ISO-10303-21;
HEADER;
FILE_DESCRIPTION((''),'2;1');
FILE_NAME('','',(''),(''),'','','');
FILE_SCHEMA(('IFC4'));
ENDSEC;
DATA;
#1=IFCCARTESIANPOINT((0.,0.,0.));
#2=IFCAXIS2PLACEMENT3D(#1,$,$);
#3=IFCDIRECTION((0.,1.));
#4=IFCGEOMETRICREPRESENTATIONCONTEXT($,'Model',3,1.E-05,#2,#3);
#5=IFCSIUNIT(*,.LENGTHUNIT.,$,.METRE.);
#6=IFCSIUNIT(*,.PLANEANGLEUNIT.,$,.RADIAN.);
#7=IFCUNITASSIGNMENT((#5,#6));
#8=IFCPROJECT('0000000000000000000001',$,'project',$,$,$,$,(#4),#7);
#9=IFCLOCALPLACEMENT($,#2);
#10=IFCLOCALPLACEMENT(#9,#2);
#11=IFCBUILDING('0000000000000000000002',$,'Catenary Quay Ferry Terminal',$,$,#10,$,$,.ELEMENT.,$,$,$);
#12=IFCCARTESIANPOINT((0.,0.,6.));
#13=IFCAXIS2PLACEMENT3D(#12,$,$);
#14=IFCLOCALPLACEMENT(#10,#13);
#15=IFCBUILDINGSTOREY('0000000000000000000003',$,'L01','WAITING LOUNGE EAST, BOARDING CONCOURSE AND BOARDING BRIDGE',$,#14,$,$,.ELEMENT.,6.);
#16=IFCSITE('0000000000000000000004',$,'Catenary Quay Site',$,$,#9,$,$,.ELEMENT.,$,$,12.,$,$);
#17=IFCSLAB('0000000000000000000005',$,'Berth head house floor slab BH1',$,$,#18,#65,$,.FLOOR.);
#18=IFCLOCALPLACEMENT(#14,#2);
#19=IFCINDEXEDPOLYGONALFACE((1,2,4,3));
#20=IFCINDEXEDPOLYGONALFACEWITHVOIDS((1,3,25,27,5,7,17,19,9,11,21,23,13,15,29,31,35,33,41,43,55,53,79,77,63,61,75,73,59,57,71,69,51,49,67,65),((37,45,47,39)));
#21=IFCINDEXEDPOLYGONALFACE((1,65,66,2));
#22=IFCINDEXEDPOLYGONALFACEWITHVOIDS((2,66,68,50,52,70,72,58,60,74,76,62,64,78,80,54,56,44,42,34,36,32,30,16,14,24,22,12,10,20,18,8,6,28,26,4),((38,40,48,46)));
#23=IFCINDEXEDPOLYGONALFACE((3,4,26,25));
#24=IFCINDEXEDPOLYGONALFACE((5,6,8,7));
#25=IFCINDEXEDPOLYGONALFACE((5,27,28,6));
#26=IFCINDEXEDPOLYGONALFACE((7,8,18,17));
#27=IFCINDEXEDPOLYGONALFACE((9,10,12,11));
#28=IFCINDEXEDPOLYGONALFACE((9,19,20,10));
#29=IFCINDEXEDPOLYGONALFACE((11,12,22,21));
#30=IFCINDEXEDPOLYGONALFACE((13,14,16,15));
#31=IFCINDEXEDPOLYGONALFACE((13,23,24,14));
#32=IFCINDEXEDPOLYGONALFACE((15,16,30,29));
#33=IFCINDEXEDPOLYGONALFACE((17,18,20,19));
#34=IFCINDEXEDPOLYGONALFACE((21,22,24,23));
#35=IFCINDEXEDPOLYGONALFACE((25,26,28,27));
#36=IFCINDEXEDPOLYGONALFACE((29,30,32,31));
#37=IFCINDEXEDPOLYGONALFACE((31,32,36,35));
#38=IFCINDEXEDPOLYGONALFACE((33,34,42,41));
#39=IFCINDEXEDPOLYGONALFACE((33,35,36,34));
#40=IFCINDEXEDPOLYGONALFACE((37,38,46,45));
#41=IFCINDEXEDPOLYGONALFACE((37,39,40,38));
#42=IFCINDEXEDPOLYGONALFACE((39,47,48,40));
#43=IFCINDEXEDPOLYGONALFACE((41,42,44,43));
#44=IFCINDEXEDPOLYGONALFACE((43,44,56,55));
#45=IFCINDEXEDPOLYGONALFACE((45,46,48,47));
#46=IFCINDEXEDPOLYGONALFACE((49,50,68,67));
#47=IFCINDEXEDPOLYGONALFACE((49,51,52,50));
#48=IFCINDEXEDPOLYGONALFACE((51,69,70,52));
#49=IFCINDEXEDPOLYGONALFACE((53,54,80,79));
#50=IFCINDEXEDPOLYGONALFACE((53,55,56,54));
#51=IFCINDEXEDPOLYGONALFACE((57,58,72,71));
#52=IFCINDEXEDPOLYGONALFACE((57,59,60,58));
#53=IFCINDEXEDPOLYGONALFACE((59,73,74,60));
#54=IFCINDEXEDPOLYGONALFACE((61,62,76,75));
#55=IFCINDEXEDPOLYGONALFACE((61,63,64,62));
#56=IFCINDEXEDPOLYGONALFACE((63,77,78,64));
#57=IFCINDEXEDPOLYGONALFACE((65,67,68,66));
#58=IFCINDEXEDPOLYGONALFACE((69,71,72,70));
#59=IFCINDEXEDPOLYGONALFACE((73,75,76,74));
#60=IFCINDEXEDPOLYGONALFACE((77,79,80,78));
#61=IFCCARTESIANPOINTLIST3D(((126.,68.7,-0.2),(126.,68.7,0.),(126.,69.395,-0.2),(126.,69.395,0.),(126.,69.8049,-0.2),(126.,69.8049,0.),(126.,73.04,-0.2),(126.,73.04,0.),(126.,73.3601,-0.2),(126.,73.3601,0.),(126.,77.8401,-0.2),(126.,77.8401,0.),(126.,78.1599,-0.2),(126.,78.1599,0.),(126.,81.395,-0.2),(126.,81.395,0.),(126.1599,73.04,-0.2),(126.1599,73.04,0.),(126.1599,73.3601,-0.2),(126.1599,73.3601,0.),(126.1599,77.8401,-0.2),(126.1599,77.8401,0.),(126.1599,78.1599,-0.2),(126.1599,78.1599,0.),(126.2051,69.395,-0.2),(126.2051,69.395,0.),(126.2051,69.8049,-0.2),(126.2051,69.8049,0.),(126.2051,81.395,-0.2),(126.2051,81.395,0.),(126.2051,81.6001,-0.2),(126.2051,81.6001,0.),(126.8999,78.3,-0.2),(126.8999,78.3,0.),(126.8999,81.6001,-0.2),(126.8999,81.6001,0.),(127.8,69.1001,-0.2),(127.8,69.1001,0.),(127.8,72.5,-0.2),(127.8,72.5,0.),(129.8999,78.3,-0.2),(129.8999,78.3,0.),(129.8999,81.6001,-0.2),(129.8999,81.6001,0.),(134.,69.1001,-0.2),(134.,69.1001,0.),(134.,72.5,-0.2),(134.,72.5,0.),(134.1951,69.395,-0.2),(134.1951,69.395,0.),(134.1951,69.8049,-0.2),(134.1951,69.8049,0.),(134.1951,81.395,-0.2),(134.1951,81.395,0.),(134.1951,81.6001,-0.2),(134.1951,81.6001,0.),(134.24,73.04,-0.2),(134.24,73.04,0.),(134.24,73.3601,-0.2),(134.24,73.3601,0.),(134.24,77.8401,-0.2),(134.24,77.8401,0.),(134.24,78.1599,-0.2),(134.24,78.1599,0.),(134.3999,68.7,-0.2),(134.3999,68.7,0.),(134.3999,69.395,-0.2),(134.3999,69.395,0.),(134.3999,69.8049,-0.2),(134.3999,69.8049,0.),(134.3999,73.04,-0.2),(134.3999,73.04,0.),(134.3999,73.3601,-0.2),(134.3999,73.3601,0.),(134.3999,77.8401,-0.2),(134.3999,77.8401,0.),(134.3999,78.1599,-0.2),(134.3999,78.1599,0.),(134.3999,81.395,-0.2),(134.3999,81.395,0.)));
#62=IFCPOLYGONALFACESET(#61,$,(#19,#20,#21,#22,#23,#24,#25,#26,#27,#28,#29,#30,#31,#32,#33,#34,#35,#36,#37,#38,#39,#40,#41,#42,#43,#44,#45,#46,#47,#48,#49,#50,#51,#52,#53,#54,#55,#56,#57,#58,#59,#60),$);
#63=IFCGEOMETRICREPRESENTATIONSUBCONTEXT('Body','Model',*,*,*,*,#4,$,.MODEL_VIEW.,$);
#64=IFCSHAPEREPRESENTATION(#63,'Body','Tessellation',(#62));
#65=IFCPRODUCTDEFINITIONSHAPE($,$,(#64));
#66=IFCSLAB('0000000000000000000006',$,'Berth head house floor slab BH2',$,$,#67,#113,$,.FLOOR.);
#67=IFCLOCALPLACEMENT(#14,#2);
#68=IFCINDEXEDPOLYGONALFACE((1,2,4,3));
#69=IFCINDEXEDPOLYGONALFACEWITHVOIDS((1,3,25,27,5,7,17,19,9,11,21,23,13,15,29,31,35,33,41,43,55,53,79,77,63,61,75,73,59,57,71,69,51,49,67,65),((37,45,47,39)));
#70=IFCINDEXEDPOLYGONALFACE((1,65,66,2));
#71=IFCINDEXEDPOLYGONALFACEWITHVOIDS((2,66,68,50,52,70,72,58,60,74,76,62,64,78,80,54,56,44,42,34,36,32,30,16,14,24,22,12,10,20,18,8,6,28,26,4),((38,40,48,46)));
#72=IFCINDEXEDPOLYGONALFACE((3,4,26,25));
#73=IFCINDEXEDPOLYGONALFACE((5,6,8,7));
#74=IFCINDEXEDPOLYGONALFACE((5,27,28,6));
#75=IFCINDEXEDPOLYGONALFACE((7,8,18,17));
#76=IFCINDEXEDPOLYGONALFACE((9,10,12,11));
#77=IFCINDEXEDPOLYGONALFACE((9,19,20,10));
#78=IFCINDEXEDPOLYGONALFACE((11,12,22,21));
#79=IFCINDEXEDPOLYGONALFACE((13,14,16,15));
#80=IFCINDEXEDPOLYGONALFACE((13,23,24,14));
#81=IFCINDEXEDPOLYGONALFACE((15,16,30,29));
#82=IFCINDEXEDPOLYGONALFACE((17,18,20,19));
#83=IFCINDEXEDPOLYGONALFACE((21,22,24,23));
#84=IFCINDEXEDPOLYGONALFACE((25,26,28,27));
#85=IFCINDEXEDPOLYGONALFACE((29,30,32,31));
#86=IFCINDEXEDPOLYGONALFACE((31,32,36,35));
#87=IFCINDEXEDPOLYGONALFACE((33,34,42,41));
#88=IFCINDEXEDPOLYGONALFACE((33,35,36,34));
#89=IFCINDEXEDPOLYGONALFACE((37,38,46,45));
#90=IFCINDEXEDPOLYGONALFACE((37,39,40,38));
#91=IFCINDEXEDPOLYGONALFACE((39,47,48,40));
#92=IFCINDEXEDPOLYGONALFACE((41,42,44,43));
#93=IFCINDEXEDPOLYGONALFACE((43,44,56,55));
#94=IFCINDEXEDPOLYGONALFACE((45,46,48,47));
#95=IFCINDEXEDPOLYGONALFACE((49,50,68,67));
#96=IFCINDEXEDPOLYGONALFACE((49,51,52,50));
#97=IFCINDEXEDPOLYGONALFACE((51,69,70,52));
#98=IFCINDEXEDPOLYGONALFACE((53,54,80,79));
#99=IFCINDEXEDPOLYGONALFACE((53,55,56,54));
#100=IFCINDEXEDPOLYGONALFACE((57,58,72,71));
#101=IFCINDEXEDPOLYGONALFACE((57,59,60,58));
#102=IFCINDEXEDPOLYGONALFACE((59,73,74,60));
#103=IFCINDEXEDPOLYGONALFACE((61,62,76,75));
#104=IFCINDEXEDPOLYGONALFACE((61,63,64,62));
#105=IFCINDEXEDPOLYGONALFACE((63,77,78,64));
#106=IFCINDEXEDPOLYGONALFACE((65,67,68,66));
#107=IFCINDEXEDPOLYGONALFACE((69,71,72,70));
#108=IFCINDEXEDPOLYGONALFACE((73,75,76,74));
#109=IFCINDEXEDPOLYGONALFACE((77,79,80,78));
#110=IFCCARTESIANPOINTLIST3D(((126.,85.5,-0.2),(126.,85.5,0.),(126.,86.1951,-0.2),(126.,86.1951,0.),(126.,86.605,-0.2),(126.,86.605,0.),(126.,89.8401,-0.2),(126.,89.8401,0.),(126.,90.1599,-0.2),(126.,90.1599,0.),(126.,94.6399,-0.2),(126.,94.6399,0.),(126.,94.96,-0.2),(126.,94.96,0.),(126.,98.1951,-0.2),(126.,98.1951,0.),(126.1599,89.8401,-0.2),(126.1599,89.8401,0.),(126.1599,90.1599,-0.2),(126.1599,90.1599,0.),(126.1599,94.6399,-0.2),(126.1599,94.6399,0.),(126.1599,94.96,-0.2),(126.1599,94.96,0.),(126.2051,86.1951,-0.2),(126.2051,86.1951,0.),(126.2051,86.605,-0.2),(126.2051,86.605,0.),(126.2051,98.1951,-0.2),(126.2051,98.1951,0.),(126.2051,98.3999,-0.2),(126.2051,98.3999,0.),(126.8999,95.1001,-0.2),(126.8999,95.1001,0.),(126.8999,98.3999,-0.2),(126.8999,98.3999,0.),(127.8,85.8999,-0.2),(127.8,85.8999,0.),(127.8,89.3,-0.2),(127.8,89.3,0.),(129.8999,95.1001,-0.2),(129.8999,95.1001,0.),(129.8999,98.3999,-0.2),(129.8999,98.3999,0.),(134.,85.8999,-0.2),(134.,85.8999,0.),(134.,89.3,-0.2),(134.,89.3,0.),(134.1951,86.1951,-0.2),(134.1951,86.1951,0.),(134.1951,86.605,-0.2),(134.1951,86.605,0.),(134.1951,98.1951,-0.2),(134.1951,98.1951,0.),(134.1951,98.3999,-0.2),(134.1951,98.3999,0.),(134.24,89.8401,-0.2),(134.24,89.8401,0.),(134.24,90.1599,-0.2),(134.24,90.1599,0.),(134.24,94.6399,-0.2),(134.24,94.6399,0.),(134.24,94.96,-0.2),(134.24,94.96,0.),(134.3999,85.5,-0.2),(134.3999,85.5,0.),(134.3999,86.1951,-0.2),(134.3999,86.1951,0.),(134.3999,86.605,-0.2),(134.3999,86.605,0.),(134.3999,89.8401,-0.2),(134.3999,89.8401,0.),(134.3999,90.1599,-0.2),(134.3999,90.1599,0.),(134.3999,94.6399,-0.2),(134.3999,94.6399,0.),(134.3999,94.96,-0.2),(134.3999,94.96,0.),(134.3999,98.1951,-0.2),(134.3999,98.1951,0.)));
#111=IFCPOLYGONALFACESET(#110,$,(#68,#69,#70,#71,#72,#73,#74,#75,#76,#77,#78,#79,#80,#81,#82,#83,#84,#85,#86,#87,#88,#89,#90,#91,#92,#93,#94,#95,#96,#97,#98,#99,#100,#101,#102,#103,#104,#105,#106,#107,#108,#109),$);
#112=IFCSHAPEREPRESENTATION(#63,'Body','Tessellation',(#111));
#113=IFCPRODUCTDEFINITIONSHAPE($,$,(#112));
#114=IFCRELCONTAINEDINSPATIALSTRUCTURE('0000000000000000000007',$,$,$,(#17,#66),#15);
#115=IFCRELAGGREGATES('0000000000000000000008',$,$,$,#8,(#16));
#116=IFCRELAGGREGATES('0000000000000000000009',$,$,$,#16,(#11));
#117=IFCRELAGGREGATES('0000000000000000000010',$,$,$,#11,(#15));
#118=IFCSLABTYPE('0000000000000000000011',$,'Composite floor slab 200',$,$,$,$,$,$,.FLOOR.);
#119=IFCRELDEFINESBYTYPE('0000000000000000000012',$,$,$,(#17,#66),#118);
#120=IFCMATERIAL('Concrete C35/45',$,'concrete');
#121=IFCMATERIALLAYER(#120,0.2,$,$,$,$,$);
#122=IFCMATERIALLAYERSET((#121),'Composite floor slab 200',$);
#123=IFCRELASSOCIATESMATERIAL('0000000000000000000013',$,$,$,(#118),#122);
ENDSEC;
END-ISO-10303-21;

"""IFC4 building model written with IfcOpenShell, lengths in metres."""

from ifc_helpers import new_model, si_unit, direction, frame, origin, place, context, subcontext, project, spatial, polyline, outline, extrude, material, layer, layer_set, type_object, element, save


model = new_model("IFC4")

# Units and contexts
model_context = context("Model", 3, precision=1e-05, world=origin(), true_north=direction((0.0, 1.0)))
body_context = subcontext(model_context, "Body", "Model", "MODEL_VIEW")
ifc_project = project(units=[si_unit("LENGTHUNIT", "METRE"), si_unit("PLANEANGLEUNIT", "RADIAN")], contexts=[model_context])

# Site, building, storey
site_placement = place(None, origin())
site = spatial("IfcSite", under=ifc_project, at=site_placement, Name="Catenary Quay Site", CompositionType="ELEMENT", RefElevation=12.0)
building_placement = place(site_placement, origin())
building = spatial("IfcBuilding", under=site, at=building_placement, Name="Catenary Quay Ferry Terminal", CompositionType="ELEMENT")
storey_placement = place(building_placement, frame((0.0, 0.0, 6.0)))
storey = spatial("IfcBuildingStorey", under=building, at=storey_placement, Name="L01", Description="WAITING LOUNGE EAST, BOARDING CONCOURSE AND BOARDING BRIDGE", CompositionType="ELEMENT", Elevation=6.0)

# Slabs
ifc_material_1 = material(Name="Concrete C35/45", Category="concrete")
ifc_layer_1 = layer(ifc_material_1, 0.2)
ifc_layer_set_1 = layer_set([ifc_layer_1], Name="Composite floor slab 200")
slab_type = type_object("IfcSlabType", Name="Composite floor slab 200", PredefinedType="FLOOR", material=ifc_layer_set_1)
slab_1_placement = place(storey_placement, frame((0.0, 0.0, -0.2)))
element("IfcSlab", 1, at=slab_1_placement, inside=storey, type_object=slab_type, Name="Berth head house floor slab BH1", PredefinedType="FLOOR", context=body_context, shape_type="SweptSolid", body=[
    extrude(outline(polyline([(134.3999, 68.7), (126.0, 68.7), (126.0, 69.395), (126.2051, 69.395), (126.2051, 69.8049), (126.0, 69.8049), (126.0, 73.04), (126.1599, 73.04), (126.1599, 73.3601), (126.0, 73.3601), (126.0, 77.8401), (126.1599, 77.8401), (126.1599, 78.1599), (126.0, 78.1599), (126.0, 81.395), (126.2051, 81.395), (126.2051, 81.6001), (126.8999, 81.6001), (126.8999, 78.3), (129.8999, 78.3), (129.8999, 81.6001), (134.1951, 81.6001), (134.1951, 81.395), (134.3999, 81.395), (134.3999, 78.1599), (134.24, 78.1599), (134.24, 77.8401), (134.3999, 77.8401), (134.3999, 73.3601), (134.24, 73.3601), (134.24, 73.04), (134.3999, 73.04), (134.3999, 69.8049), (134.1951, 69.8049), (134.1951, 69.395), (134.3999, 69.395), (134.3999, 68.7)]), holes=[polyline([(134.0, 72.5), (127.8, 72.5), (127.8, 69.1001), (134.0, 69.1001), (134.0, 72.5)])]), origin(), (0.0, 0.0, 1.0), 0.2),
])
slab_2_placement = place(storey_placement, frame((0.0, 0.0, -0.2)))
element("IfcSlab", 2, at=slab_2_placement, inside=storey, type_object=slab_type, Name="Berth head house floor slab BH2", PredefinedType="FLOOR", context=body_context, shape_type="SweptSolid", body=[
    extrude(outline(polyline([(134.3999, 85.5), (126.0, 85.5), (126.0, 86.1951), (126.2051, 86.1951), (126.2051, 86.605), (126.0, 86.605), (126.0, 89.8401), (126.1599, 89.8401), (126.1599, 90.1599), (126.0, 90.1599), (126.0, 94.6399), (126.1599, 94.6399), (126.1599, 94.96), (126.0, 94.96), (126.0, 98.1951), (126.2051, 98.1951), (126.2051, 98.3999), (126.8999, 98.3999), (126.8999, 95.1001), (129.8999, 95.1001), (129.8999, 98.3999), (134.1951, 98.3999), (134.1951, 98.1951), (134.3999, 98.1951), (134.3999, 94.96), (134.24, 94.96), (134.24, 94.6399), (134.3999, 94.6399), (134.3999, 90.1599), (134.24, 90.1599), (134.24, 89.8401), (134.3999, 89.8401), (134.3999, 86.605), (134.1951, 86.605), (134.1951, 86.1951), (134.3999, 86.1951), (134.3999, 85.5)]), holes=[polyline([(134.0, 85.8999), (134.0, 89.3), (127.8, 89.3), (127.8, 85.8999), (134.0, 85.8999)])]), origin(), (0.0, 0.0, 1.0), 0.2),
])

save(model, "model.ifc")
